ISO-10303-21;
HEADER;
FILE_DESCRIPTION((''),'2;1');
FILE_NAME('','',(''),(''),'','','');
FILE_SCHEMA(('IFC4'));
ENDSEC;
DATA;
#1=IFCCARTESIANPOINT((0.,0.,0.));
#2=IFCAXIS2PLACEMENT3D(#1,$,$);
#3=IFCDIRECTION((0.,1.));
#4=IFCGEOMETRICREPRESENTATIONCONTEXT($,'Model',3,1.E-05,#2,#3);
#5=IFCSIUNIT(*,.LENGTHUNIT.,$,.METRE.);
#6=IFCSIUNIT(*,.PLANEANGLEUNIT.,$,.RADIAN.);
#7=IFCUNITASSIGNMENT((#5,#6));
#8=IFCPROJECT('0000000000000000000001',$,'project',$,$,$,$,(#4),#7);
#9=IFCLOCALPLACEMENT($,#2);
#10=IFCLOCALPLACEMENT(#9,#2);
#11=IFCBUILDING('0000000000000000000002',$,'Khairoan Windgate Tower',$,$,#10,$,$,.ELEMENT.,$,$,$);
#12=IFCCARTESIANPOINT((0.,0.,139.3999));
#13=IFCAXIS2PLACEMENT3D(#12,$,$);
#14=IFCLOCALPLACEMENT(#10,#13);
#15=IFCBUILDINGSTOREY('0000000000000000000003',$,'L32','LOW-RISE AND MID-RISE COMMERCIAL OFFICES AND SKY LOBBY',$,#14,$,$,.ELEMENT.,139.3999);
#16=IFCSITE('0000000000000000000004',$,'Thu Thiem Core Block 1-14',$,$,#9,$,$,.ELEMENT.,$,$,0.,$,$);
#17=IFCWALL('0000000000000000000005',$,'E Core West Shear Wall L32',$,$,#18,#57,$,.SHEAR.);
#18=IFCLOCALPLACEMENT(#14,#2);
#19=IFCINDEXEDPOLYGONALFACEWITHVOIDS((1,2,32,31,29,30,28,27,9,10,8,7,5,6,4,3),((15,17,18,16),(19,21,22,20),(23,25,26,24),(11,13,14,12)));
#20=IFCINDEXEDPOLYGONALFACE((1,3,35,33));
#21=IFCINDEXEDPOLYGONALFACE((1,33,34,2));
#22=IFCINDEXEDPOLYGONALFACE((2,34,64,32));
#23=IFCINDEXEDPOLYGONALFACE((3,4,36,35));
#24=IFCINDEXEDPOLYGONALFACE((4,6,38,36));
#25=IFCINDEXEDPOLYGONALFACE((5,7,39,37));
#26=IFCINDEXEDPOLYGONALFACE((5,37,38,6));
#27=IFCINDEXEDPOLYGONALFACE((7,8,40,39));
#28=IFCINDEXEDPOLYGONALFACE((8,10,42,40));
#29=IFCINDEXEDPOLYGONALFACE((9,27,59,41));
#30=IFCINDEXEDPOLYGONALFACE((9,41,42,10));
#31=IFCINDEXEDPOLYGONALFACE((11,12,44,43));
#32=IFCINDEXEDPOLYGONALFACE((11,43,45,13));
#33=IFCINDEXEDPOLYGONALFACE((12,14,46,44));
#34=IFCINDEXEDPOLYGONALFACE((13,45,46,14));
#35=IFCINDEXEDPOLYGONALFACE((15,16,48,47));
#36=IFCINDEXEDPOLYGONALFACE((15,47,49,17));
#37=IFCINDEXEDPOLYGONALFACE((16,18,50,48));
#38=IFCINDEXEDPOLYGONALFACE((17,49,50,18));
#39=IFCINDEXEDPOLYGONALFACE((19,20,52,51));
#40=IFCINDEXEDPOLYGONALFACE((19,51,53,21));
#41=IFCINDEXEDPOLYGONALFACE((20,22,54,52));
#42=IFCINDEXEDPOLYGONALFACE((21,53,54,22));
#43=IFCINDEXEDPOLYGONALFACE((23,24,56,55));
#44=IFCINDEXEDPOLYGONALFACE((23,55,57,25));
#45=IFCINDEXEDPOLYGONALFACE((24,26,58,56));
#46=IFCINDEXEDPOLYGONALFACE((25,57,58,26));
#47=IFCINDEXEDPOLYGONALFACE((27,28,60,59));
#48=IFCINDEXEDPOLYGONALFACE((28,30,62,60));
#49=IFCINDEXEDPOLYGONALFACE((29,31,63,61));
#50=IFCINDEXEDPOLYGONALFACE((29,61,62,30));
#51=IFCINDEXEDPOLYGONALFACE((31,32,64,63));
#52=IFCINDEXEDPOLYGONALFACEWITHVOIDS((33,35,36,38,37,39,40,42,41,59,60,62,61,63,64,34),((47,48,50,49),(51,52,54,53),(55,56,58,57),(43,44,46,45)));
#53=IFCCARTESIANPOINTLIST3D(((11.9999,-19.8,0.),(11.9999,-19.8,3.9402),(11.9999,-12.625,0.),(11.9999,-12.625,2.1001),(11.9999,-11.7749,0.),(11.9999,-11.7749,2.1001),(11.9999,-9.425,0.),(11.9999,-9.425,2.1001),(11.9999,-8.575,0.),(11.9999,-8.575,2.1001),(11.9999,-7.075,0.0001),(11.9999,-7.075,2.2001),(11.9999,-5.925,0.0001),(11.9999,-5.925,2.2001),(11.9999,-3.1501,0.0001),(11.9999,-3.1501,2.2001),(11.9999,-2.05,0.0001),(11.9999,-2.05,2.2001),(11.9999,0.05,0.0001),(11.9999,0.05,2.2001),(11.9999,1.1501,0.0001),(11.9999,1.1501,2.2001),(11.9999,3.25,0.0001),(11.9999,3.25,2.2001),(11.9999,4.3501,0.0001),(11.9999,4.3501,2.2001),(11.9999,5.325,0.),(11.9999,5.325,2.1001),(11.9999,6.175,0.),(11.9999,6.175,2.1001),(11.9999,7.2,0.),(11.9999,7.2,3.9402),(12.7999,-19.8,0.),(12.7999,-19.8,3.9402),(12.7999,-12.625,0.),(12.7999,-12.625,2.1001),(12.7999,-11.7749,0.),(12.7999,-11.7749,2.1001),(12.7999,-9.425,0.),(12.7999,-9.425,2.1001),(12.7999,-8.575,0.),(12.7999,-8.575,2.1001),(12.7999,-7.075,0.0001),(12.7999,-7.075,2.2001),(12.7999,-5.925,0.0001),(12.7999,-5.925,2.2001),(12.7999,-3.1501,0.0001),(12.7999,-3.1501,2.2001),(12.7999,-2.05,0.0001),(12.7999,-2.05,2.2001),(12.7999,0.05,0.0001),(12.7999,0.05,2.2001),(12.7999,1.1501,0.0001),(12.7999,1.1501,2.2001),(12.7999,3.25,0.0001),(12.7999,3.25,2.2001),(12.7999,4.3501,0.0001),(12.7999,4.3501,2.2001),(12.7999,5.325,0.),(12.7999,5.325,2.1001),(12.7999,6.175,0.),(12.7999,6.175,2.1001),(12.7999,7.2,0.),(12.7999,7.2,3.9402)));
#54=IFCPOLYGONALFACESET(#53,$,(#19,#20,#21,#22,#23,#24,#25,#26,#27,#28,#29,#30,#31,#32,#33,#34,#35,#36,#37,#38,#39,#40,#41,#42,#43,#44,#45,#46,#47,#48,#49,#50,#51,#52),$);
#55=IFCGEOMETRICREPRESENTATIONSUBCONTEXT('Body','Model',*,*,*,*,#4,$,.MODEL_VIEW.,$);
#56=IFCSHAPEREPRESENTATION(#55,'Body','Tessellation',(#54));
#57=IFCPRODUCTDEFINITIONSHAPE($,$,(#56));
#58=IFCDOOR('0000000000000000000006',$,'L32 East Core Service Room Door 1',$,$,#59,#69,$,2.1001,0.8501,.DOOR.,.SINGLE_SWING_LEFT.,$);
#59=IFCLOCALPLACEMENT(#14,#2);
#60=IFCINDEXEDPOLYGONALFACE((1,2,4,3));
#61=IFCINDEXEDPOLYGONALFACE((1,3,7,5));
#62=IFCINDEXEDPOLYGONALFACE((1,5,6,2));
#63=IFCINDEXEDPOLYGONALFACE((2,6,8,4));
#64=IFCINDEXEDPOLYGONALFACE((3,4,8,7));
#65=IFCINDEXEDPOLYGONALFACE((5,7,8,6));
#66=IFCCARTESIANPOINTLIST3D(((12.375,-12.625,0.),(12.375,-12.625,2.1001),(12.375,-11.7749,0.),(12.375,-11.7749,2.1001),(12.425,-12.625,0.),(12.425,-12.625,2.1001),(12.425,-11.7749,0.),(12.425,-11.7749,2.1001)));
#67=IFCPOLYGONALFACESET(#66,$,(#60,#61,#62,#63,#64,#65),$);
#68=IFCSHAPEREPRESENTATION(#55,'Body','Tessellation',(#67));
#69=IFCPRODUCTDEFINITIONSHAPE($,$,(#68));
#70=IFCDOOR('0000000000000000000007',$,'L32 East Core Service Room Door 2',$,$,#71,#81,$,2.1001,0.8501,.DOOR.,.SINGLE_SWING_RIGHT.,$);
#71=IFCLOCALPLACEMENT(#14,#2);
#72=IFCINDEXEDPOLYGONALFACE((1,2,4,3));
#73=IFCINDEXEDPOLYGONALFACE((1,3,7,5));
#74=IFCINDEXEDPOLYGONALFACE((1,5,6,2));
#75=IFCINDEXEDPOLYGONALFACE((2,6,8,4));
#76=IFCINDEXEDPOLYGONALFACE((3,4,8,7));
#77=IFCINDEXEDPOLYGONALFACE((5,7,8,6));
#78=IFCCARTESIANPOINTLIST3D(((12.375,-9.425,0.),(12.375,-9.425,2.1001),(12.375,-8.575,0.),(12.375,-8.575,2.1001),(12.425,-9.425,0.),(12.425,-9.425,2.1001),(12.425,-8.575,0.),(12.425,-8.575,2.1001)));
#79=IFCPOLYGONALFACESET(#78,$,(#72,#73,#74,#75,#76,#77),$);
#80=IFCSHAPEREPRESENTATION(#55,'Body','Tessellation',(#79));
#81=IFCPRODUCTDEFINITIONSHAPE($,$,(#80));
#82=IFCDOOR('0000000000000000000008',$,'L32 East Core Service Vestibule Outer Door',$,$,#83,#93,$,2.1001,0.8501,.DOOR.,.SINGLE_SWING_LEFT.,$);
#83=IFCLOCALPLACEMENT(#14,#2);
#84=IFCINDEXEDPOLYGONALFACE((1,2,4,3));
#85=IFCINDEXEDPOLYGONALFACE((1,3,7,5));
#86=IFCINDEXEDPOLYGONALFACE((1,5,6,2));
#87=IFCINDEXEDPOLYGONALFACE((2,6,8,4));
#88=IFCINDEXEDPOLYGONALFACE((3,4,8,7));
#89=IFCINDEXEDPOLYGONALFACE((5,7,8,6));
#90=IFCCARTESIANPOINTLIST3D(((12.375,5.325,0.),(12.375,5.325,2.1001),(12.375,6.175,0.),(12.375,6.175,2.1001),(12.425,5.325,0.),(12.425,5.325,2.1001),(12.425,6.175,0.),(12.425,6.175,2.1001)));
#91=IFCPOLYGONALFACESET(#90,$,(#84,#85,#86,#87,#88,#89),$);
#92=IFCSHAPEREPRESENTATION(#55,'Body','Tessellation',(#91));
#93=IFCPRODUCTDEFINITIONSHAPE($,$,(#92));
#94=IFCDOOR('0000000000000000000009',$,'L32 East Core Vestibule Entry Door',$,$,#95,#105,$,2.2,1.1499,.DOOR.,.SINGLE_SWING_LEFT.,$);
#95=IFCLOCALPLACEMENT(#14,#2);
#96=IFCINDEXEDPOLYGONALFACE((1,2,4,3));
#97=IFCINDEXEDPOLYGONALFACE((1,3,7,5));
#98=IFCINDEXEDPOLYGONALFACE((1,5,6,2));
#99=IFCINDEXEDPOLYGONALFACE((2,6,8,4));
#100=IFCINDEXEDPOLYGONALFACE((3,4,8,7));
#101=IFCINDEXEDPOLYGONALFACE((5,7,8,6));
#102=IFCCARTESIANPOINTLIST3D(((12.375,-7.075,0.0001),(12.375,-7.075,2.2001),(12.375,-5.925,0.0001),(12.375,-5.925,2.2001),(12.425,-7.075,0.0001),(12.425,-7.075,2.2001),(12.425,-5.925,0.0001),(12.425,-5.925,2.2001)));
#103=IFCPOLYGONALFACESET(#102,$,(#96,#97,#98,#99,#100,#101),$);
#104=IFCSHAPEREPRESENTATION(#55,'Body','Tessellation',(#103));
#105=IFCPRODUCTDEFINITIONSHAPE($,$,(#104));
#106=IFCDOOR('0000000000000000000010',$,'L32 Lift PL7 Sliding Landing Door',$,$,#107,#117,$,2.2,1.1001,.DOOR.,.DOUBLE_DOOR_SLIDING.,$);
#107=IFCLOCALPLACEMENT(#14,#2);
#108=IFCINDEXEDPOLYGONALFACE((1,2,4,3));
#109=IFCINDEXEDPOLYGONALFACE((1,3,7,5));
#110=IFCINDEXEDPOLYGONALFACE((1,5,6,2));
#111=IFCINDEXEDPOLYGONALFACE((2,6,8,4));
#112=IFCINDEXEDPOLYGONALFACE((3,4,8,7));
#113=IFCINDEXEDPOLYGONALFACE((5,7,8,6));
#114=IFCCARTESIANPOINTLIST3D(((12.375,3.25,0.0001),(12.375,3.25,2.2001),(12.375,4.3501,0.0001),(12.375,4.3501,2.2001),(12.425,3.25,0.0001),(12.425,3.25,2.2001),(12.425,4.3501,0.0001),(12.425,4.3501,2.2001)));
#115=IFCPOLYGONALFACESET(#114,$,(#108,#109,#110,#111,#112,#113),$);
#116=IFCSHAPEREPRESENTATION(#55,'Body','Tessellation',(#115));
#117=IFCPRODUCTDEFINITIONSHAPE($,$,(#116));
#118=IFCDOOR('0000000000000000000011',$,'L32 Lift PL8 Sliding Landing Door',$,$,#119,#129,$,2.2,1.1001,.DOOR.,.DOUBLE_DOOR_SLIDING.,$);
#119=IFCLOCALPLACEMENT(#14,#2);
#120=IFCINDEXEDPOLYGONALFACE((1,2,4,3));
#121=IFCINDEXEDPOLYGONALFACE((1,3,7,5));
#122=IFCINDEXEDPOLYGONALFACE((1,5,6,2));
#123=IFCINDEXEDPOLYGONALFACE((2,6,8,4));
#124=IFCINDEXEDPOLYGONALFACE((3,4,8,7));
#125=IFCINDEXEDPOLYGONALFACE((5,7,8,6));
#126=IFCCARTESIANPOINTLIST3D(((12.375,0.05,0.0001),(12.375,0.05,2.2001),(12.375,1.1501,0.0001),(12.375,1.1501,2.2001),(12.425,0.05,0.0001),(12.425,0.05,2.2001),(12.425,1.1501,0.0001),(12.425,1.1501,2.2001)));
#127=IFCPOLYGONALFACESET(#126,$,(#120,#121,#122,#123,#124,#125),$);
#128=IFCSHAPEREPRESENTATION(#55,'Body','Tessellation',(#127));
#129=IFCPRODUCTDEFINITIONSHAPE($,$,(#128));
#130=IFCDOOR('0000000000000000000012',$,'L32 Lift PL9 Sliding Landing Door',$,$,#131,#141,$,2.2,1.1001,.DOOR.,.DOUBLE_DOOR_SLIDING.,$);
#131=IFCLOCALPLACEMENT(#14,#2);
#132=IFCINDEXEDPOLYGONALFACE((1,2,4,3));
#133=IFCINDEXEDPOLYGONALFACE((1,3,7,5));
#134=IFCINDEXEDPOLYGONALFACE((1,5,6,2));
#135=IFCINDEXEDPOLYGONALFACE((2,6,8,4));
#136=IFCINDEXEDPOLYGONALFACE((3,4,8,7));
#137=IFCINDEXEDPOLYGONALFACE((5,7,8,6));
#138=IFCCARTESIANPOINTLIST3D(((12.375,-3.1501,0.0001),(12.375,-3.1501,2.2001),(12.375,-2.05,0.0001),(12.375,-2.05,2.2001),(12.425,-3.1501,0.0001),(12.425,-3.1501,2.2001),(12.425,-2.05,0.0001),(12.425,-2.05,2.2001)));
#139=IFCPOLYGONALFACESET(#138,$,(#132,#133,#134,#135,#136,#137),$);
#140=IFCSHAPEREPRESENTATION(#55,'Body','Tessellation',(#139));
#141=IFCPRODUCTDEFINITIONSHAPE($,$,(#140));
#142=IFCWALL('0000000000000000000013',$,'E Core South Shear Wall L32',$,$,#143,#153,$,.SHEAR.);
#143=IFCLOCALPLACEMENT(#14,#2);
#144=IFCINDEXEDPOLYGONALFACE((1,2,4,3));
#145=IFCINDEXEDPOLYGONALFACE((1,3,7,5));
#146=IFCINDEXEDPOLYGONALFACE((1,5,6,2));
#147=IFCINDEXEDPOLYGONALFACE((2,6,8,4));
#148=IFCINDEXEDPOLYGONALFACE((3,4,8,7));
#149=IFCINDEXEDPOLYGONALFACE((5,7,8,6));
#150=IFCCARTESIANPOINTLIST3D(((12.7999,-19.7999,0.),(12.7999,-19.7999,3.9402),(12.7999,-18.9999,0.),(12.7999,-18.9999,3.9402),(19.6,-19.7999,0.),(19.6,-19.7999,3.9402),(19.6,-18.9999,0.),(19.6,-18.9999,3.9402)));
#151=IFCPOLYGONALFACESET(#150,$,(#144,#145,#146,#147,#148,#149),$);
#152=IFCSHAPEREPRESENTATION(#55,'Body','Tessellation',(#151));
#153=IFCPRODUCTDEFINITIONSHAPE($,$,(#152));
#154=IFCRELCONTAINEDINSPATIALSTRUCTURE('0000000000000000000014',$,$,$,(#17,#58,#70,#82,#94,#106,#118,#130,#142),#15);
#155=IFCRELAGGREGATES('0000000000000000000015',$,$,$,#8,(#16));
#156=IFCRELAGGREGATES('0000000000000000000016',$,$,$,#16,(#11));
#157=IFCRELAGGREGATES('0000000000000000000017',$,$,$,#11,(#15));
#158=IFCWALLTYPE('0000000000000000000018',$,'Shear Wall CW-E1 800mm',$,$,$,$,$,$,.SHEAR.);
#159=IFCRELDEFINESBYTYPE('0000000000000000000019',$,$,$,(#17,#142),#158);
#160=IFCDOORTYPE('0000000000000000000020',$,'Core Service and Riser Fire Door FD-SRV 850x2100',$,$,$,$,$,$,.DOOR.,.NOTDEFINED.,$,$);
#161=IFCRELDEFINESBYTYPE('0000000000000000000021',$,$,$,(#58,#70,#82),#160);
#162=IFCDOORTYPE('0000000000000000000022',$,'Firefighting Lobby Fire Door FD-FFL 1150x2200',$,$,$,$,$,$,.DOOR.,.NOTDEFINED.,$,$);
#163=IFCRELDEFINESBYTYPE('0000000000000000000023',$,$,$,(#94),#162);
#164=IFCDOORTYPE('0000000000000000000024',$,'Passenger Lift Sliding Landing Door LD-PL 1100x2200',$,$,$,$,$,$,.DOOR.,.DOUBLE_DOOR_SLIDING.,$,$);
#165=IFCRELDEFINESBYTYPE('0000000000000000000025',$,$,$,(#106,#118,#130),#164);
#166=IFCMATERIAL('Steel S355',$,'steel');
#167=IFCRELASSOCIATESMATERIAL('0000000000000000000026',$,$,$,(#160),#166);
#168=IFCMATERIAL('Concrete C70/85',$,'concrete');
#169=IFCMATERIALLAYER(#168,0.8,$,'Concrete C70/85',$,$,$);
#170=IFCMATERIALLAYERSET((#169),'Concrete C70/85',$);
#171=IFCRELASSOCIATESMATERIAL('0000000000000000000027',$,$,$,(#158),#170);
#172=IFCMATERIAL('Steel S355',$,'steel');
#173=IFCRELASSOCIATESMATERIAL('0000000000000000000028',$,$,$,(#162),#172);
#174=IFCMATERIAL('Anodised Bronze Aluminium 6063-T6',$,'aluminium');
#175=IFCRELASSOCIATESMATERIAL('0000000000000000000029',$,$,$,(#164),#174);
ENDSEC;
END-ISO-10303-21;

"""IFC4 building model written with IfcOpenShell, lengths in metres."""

from ifc_helpers import new_model, si_unit, direction, frame, frame_2d, origin, place, context, subcontext, project, spatial, rectangle, extrude, material, layer, layer_set, type_object, element, fill, save


model = new_model("IFC4")

# Units and contexts
model_context = context("Model", 3, precision=1e-05, world=origin(), true_north=direction((0.0, 1.0)))
body_context = subcontext(model_context, "Body", "Model", "MODEL_VIEW")
ifc_project = project(units=[si_unit("LENGTHUNIT", "METRE"), si_unit("PLANEANGLEUNIT", "RADIAN")], contexts=[model_context])

# Site, building, storey
site_placement = place(None, origin())
site = spatial("IfcSite", under=ifc_project, at=site_placement, Name="Thu Thiem Core Block 1-14", CompositionType="ELEMENT", RefElevation=0.0)
building_placement = place(site_placement, origin())
building = spatial("IfcBuilding", under=site, at=building_placement, Name="Khairoan Windgate Tower", CompositionType="ELEMENT")
storey_placement = place(building_placement, frame((0.0, 0.0, 139.3999)))
storey = spatial("IfcBuildingStorey", under=building, at=storey_placement, Name="L32", Description="LOW-RISE AND MID-RISE COMMERCIAL OFFICES AND SKY LOBBY", CompositionType="ELEMENT", Elevation=139.3999)

# Shared definitions
ifc_material_1 = material(Name="Steel S355", Category="steel")
door_type_1 = type_object("IfcDoorType", Name="Core Service and Riser Fire Door FD-SRV 850x2100", OperationType="NOTDEFINED", PredefinedType="DOOR", material=ifc_material_1)

# Wall, openings, doors
ifc_material_2 = material(Name="Concrete C70/85", Category="concrete")
ifc_layer_1 = layer(ifc_material_2, 0.8, Name="Concrete C70/85")
ifc_layer_set_1 = layer_set([ifc_layer_1], Name="Concrete C70/85")
wall_type_1 = type_object("IfcWallType", Name="Shear Wall CW-E1 800mm", PredefinedType="SHEAR", material=ifc_layer_set_1)
wall_1_placement = place(storey_placement, frame((12.3999, -19.8, 0.0), z_axis=(0.0, 0.0, 1.0), x_axis=(0.0, 1.0, 0.0)))
wall_1 = element("IfcWall", 1, at=wall_1_placement, inside=storey, type_object=wall_type_1, Name="E Core West Shear Wall L32", PredefinedType="SHEAR", context=body_context, shape_type="SweptSolid", body=[
    extrude(rectangle(XDim=27.0, YDim=0.8, at=frame_2d((13.5, 0.0))), origin(), (0.0, 0.0, 1.0), 3.9402),
])
opening_1_placement = place(wall_1_placement, frame((23.05, 0.0, 0.0)))
opening_1 = element("IfcOpeningElement", 2, at=opening_1_placement, cuts=wall_1, PredefinedType="OPENING", context=body_context, shape_type="SweptSolid", body=[
    extrude(rectangle(XDim=1.1001, YDim=2.2, at=frame_2d((0.55, 1.1001))), frame((0.0, 0.4099, 0.0), z_axis=(0.0, -1.0, 0.0), x_axis=(1.0, 0.0, 0.0)), (0.0, 0.0, 1.0), 0.8201),
])
opening_2_placement = place(wall_1_placement, frame((19.8501, 0.0, 0.0)))
opening_2 = element("IfcOpeningElement", 3, at=opening_2_placement, cuts=wall_1, PredefinedType="OPENING", context=body_context, shape_type="SweptSolid", body=[
    extrude(rectangle(XDim=1.1001, YDim=2.2, at=frame_2d((0.55, 1.1001))), frame((0.0, 0.4099, 0.0), z_axis=(0.0, -1.0, 0.0), x_axis=(1.0, 0.0, 0.0)), (0.0, 0.0, 1.0), 0.8201),
])
opening_3_placement = place(wall_1_placement, frame((16.6499, 0.0, 0.0)))
opening_3 = element("IfcOpeningElement", 4, at=opening_3_placement, cuts=wall_1, PredefinedType="OPENING", context=body_context, shape_type="SweptSolid", body=[
    extrude(rectangle(XDim=1.1001, YDim=2.2, at=frame_2d((0.55, 1.1001))), frame((0.0, 0.4099, 0.0), z_axis=(0.0, -1.0, 0.0), x_axis=(1.0, 0.0, 0.0)), (0.0, 0.0, 1.0), 0.8201),
])
opening_4_placement = place(wall_1_placement, frame((7.175, 0.0, 0.0)))
opening_4 = element("IfcOpeningElement", 5, at=opening_4_placement, cuts=wall_1, PredefinedType="OPENING", context=body_context, shape_type="SweptSolid", body=[
    extrude(rectangle(XDim=0.8501, YDim=2.1001, at=frame_2d((0.425, 1.05))), frame((0.0, 0.4099, 0.0), z_axis=(0.0, -1.0, 0.0), x_axis=(1.0, 0.0, 0.0)), (0.0, 0.0, 1.0), 0.8201),
])
opening_5_placement = place(wall_1_placement, frame((10.375, 0.0, 0.0)))
opening_5 = element("IfcOpeningElement", 6, at=opening_5_placement, cuts=wall_1, PredefinedType="OPENING", context=body_context, shape_type="SweptSolid", body=[
    extrude(rectangle(XDim=0.8501, YDim=2.1001, at=frame_2d((0.425, 1.05))), frame((0.0, 0.4099, 0.0), z_axis=(0.0, -1.0, 0.0), x_axis=(1.0, 0.0, 0.0)), (0.0, 0.0, 1.0), 0.8201),
])
opening_6_placement = place(wall_1_placement, frame((12.7251, 0.0, 0.0)))
opening_6 = element("IfcOpeningElement", 7, at=opening_6_placement, cuts=wall_1, PredefinedType="OPENING", context=body_context, shape_type="SweptSolid", body=[
    extrude(rectangle(XDim=1.1499, YDim=2.2, at=frame_2d((0.575, 1.1001))), frame((0.0, 0.4099, 0.0), z_axis=(0.0, -1.0, 0.0), x_axis=(1.0, 0.0, 0.0)), (0.0, 0.0, 1.0), 0.8201),
])
opening_7_placement = place(wall_1_placement, frame((25.125, 0.0, 0.0)))
opening_7 = element("IfcOpeningElement", 8, at=opening_7_placement, cuts=wall_1, PredefinedType="OPENING", context=body_context, shape_type="SweptSolid", body=[
    extrude(rectangle(XDim=0.8501, YDim=2.1001, at=frame_2d((0.425, 1.05))), frame((0.0, 0.4099, 0.0), z_axis=(0.0, -1.0, 0.0), x_axis=(1.0, 0.0, 0.0)), (0.0, 0.0, 1.0), 0.8201),
])
door_1_placement = place(opening_4_placement, origin())
door_1 = element("IfcDoor", 9, at=door_1_placement, inside=storey, type_object=door_type_1, Name="L32 East Core Service Room Door 1", OperationType="SINGLE_SWING_LEFT", OverallHeight=2.1001, OverallWidth=0.8501, PredefinedType="DOOR", context=body_context, shape_type="SweptSolid", body=[
    extrude(rectangle(XDim=0.8501, YDim=2.1001, at=frame_2d((0.425, 1.05))), frame((0.0, 0.0249, 0.0), z_axis=(0.0, -1.0, 0.0), x_axis=(1.0, 0.0, 0.0)), (0.0, 0.0, 1.0), 0.05),
])
fill(opening_4, door_1)
door_2_placement = place(opening_5_placement, origin())
door_2 = element("IfcDoor", 10, at=door_2_placement, inside=storey, type_object=door_type_1, Name="L32 East Core Service Room Door 2", OperationType="SINGLE_SWING_RIGHT", OverallHeight=2.1001, OverallWidth=0.8501, PredefinedType="DOOR", context=body_context, shape_type="SweptSolid", body=[
    extrude(rectangle(XDim=0.8501, YDim=2.1001, at=frame_2d((0.425, 1.05))), frame((0.0, 0.0249, 0.0), z_axis=(0.0, -1.0, 0.0), x_axis=(1.0, 0.0, 0.0)), (0.0, 0.0, 1.0), 0.05),
])
fill(opening_5, door_2)
door_3_placement = place(opening_7_placement, origin())
door_3 = element("IfcDoor", 11, at=door_3_placement, inside=storey, type_object=door_type_1, Name="L32 East Core Service Vestibule Outer Door", OperationType="SINGLE_SWING_LEFT", OverallHeight=2.1001, OverallWidth=0.8501, PredefinedType="DOOR", context=body_context, shape_type="SweptSolid", body=[
    extrude(rectangle(XDim=0.8501, YDim=2.1001, at=frame_2d((0.425, 1.05))), frame((0.0, 0.0249, 0.0), z_axis=(0.0, -1.0, 0.0), x_axis=(1.0, 0.0, 0.0)), (0.0, 0.0, 1.0), 0.05),
])
fill(opening_7, door_3)
ifc_material_3 = material(Name="Steel S355", Category="steel")
door_type_2 = type_object("IfcDoorType", Name="Firefighting Lobby Fire Door FD-FFL 1150x2200", OperationType="NOTDEFINED", PredefinedType="DOOR", material=ifc_material_3)
door_4_placement = place(opening_6_placement, origin())
door_4 = element("IfcDoor", 12, at=door_4_placement, inside=storey, type_object=door_type_2, Name="L32 East Core Vestibule Entry Door", OperationType="SINGLE_SWING_LEFT", OverallHeight=2.2, OverallWidth=1.1499, PredefinedType="DOOR", context=body_context, shape_type="SweptSolid", body=[
    extrude(rectangle(XDim=1.1499, YDim=2.2, at=frame_2d((0.575, 1.1001))), frame((0.0, 0.0249, 0.0), z_axis=(0.0, -1.0, 0.0), x_axis=(1.0, 0.0, 0.0)), (0.0, 0.0, 1.0), 0.05),
])
fill(opening_6, door_4)
ifc_material_4 = material(Name="Anodised Bronze Aluminium 6063-T6", Category="aluminium")
door_type_3 = type_object("IfcDoorType", Name="Passenger Lift Sliding Landing Door LD-PL 1100x2200", OperationType="DOUBLE_DOOR_SLIDING", PredefinedType="DOOR", material=ifc_material_4)
door_5_placement = place(opening_1_placement, origin())
door_5 = element("IfcDoor", 13, at=door_5_placement, inside=storey, type_object=door_type_3, Name="L32 Lift PL7 Sliding Landing Door", OperationType="DOUBLE_DOOR_SLIDING", OverallHeight=2.2, OverallWidth=1.1001, PredefinedType="DOOR", context=body_context, shape_type="SweptSolid", body=[
    extrude(rectangle(XDim=1.1001, YDim=2.2, at=frame_2d((0.55, 1.1001))), frame((0.0, 0.0249, 0.0), z_axis=(0.0, -1.0, 0.0), x_axis=(1.0, 0.0, 0.0)), (0.0, 0.0, 1.0), 0.05),
])
fill(opening_1, door_5)
door_6_placement = place(opening_2_placement, origin())
door_6 = element("IfcDoor", 14, at=door_6_placement, inside=storey, type_object=door_type_3, Name="L32 Lift PL8 Sliding Landing Door", OperationType="DOUBLE_DOOR_SLIDING", OverallHeight=2.2, OverallWidth=1.1001, PredefinedType="DOOR", context=body_context, shape_type="SweptSolid", body=[
    extrude(rectangle(XDim=1.1001, YDim=2.2, at=frame_2d((0.55, 1.1001))), frame((0.0, 0.0249, 0.0), z_axis=(0.0, -1.0, 0.0), x_axis=(1.0, 0.0, 0.0)), (0.0, 0.0, 1.0), 0.05),
])
fill(opening_2, door_6)
door_7_placement = place(opening_3_placement, origin())
door_7 = element("IfcDoor", 15, at=door_7_placement, inside=storey, type_object=door_type_3, Name="L32 Lift PL9 Sliding Landing Door", OperationType="DOUBLE_DOOR_SLIDING", OverallHeight=2.2, OverallWidth=1.1001, PredefinedType="DOOR", context=body_context, shape_type="SweptSolid", body=[
    extrude(rectangle(XDim=1.1001, YDim=2.2, at=frame_2d((0.55, 1.1001))), frame((0.0, 0.0249, 0.0), z_axis=(0.0, -1.0, 0.0), x_axis=(1.0, 0.0, 0.0)), (0.0, 0.0, 1.0), 0.05),
])
fill(opening_3, door_7)

# Wall
wall_2_placement = place(storey_placement, frame((12.8, -19.3999, 0.0), z_axis=(0.0, 0.0, 1.0), x_axis=(1.0, 0.0, 0.0)))
element("IfcWall", 16, at=wall_2_placement, inside=storey, type_object=wall_type_1, Name="E Core South Shear Wall L32", PredefinedType="SHEAR", context=body_context, shape_type="SweptSolid", body=[
    extrude(rectangle(XDim=6.8, YDim=0.8, at=frame_2d((3.3999, 0.0))), origin(), (0.0, 0.0, 1.0), 3.9402),
])

save(model, "model.ifc")
